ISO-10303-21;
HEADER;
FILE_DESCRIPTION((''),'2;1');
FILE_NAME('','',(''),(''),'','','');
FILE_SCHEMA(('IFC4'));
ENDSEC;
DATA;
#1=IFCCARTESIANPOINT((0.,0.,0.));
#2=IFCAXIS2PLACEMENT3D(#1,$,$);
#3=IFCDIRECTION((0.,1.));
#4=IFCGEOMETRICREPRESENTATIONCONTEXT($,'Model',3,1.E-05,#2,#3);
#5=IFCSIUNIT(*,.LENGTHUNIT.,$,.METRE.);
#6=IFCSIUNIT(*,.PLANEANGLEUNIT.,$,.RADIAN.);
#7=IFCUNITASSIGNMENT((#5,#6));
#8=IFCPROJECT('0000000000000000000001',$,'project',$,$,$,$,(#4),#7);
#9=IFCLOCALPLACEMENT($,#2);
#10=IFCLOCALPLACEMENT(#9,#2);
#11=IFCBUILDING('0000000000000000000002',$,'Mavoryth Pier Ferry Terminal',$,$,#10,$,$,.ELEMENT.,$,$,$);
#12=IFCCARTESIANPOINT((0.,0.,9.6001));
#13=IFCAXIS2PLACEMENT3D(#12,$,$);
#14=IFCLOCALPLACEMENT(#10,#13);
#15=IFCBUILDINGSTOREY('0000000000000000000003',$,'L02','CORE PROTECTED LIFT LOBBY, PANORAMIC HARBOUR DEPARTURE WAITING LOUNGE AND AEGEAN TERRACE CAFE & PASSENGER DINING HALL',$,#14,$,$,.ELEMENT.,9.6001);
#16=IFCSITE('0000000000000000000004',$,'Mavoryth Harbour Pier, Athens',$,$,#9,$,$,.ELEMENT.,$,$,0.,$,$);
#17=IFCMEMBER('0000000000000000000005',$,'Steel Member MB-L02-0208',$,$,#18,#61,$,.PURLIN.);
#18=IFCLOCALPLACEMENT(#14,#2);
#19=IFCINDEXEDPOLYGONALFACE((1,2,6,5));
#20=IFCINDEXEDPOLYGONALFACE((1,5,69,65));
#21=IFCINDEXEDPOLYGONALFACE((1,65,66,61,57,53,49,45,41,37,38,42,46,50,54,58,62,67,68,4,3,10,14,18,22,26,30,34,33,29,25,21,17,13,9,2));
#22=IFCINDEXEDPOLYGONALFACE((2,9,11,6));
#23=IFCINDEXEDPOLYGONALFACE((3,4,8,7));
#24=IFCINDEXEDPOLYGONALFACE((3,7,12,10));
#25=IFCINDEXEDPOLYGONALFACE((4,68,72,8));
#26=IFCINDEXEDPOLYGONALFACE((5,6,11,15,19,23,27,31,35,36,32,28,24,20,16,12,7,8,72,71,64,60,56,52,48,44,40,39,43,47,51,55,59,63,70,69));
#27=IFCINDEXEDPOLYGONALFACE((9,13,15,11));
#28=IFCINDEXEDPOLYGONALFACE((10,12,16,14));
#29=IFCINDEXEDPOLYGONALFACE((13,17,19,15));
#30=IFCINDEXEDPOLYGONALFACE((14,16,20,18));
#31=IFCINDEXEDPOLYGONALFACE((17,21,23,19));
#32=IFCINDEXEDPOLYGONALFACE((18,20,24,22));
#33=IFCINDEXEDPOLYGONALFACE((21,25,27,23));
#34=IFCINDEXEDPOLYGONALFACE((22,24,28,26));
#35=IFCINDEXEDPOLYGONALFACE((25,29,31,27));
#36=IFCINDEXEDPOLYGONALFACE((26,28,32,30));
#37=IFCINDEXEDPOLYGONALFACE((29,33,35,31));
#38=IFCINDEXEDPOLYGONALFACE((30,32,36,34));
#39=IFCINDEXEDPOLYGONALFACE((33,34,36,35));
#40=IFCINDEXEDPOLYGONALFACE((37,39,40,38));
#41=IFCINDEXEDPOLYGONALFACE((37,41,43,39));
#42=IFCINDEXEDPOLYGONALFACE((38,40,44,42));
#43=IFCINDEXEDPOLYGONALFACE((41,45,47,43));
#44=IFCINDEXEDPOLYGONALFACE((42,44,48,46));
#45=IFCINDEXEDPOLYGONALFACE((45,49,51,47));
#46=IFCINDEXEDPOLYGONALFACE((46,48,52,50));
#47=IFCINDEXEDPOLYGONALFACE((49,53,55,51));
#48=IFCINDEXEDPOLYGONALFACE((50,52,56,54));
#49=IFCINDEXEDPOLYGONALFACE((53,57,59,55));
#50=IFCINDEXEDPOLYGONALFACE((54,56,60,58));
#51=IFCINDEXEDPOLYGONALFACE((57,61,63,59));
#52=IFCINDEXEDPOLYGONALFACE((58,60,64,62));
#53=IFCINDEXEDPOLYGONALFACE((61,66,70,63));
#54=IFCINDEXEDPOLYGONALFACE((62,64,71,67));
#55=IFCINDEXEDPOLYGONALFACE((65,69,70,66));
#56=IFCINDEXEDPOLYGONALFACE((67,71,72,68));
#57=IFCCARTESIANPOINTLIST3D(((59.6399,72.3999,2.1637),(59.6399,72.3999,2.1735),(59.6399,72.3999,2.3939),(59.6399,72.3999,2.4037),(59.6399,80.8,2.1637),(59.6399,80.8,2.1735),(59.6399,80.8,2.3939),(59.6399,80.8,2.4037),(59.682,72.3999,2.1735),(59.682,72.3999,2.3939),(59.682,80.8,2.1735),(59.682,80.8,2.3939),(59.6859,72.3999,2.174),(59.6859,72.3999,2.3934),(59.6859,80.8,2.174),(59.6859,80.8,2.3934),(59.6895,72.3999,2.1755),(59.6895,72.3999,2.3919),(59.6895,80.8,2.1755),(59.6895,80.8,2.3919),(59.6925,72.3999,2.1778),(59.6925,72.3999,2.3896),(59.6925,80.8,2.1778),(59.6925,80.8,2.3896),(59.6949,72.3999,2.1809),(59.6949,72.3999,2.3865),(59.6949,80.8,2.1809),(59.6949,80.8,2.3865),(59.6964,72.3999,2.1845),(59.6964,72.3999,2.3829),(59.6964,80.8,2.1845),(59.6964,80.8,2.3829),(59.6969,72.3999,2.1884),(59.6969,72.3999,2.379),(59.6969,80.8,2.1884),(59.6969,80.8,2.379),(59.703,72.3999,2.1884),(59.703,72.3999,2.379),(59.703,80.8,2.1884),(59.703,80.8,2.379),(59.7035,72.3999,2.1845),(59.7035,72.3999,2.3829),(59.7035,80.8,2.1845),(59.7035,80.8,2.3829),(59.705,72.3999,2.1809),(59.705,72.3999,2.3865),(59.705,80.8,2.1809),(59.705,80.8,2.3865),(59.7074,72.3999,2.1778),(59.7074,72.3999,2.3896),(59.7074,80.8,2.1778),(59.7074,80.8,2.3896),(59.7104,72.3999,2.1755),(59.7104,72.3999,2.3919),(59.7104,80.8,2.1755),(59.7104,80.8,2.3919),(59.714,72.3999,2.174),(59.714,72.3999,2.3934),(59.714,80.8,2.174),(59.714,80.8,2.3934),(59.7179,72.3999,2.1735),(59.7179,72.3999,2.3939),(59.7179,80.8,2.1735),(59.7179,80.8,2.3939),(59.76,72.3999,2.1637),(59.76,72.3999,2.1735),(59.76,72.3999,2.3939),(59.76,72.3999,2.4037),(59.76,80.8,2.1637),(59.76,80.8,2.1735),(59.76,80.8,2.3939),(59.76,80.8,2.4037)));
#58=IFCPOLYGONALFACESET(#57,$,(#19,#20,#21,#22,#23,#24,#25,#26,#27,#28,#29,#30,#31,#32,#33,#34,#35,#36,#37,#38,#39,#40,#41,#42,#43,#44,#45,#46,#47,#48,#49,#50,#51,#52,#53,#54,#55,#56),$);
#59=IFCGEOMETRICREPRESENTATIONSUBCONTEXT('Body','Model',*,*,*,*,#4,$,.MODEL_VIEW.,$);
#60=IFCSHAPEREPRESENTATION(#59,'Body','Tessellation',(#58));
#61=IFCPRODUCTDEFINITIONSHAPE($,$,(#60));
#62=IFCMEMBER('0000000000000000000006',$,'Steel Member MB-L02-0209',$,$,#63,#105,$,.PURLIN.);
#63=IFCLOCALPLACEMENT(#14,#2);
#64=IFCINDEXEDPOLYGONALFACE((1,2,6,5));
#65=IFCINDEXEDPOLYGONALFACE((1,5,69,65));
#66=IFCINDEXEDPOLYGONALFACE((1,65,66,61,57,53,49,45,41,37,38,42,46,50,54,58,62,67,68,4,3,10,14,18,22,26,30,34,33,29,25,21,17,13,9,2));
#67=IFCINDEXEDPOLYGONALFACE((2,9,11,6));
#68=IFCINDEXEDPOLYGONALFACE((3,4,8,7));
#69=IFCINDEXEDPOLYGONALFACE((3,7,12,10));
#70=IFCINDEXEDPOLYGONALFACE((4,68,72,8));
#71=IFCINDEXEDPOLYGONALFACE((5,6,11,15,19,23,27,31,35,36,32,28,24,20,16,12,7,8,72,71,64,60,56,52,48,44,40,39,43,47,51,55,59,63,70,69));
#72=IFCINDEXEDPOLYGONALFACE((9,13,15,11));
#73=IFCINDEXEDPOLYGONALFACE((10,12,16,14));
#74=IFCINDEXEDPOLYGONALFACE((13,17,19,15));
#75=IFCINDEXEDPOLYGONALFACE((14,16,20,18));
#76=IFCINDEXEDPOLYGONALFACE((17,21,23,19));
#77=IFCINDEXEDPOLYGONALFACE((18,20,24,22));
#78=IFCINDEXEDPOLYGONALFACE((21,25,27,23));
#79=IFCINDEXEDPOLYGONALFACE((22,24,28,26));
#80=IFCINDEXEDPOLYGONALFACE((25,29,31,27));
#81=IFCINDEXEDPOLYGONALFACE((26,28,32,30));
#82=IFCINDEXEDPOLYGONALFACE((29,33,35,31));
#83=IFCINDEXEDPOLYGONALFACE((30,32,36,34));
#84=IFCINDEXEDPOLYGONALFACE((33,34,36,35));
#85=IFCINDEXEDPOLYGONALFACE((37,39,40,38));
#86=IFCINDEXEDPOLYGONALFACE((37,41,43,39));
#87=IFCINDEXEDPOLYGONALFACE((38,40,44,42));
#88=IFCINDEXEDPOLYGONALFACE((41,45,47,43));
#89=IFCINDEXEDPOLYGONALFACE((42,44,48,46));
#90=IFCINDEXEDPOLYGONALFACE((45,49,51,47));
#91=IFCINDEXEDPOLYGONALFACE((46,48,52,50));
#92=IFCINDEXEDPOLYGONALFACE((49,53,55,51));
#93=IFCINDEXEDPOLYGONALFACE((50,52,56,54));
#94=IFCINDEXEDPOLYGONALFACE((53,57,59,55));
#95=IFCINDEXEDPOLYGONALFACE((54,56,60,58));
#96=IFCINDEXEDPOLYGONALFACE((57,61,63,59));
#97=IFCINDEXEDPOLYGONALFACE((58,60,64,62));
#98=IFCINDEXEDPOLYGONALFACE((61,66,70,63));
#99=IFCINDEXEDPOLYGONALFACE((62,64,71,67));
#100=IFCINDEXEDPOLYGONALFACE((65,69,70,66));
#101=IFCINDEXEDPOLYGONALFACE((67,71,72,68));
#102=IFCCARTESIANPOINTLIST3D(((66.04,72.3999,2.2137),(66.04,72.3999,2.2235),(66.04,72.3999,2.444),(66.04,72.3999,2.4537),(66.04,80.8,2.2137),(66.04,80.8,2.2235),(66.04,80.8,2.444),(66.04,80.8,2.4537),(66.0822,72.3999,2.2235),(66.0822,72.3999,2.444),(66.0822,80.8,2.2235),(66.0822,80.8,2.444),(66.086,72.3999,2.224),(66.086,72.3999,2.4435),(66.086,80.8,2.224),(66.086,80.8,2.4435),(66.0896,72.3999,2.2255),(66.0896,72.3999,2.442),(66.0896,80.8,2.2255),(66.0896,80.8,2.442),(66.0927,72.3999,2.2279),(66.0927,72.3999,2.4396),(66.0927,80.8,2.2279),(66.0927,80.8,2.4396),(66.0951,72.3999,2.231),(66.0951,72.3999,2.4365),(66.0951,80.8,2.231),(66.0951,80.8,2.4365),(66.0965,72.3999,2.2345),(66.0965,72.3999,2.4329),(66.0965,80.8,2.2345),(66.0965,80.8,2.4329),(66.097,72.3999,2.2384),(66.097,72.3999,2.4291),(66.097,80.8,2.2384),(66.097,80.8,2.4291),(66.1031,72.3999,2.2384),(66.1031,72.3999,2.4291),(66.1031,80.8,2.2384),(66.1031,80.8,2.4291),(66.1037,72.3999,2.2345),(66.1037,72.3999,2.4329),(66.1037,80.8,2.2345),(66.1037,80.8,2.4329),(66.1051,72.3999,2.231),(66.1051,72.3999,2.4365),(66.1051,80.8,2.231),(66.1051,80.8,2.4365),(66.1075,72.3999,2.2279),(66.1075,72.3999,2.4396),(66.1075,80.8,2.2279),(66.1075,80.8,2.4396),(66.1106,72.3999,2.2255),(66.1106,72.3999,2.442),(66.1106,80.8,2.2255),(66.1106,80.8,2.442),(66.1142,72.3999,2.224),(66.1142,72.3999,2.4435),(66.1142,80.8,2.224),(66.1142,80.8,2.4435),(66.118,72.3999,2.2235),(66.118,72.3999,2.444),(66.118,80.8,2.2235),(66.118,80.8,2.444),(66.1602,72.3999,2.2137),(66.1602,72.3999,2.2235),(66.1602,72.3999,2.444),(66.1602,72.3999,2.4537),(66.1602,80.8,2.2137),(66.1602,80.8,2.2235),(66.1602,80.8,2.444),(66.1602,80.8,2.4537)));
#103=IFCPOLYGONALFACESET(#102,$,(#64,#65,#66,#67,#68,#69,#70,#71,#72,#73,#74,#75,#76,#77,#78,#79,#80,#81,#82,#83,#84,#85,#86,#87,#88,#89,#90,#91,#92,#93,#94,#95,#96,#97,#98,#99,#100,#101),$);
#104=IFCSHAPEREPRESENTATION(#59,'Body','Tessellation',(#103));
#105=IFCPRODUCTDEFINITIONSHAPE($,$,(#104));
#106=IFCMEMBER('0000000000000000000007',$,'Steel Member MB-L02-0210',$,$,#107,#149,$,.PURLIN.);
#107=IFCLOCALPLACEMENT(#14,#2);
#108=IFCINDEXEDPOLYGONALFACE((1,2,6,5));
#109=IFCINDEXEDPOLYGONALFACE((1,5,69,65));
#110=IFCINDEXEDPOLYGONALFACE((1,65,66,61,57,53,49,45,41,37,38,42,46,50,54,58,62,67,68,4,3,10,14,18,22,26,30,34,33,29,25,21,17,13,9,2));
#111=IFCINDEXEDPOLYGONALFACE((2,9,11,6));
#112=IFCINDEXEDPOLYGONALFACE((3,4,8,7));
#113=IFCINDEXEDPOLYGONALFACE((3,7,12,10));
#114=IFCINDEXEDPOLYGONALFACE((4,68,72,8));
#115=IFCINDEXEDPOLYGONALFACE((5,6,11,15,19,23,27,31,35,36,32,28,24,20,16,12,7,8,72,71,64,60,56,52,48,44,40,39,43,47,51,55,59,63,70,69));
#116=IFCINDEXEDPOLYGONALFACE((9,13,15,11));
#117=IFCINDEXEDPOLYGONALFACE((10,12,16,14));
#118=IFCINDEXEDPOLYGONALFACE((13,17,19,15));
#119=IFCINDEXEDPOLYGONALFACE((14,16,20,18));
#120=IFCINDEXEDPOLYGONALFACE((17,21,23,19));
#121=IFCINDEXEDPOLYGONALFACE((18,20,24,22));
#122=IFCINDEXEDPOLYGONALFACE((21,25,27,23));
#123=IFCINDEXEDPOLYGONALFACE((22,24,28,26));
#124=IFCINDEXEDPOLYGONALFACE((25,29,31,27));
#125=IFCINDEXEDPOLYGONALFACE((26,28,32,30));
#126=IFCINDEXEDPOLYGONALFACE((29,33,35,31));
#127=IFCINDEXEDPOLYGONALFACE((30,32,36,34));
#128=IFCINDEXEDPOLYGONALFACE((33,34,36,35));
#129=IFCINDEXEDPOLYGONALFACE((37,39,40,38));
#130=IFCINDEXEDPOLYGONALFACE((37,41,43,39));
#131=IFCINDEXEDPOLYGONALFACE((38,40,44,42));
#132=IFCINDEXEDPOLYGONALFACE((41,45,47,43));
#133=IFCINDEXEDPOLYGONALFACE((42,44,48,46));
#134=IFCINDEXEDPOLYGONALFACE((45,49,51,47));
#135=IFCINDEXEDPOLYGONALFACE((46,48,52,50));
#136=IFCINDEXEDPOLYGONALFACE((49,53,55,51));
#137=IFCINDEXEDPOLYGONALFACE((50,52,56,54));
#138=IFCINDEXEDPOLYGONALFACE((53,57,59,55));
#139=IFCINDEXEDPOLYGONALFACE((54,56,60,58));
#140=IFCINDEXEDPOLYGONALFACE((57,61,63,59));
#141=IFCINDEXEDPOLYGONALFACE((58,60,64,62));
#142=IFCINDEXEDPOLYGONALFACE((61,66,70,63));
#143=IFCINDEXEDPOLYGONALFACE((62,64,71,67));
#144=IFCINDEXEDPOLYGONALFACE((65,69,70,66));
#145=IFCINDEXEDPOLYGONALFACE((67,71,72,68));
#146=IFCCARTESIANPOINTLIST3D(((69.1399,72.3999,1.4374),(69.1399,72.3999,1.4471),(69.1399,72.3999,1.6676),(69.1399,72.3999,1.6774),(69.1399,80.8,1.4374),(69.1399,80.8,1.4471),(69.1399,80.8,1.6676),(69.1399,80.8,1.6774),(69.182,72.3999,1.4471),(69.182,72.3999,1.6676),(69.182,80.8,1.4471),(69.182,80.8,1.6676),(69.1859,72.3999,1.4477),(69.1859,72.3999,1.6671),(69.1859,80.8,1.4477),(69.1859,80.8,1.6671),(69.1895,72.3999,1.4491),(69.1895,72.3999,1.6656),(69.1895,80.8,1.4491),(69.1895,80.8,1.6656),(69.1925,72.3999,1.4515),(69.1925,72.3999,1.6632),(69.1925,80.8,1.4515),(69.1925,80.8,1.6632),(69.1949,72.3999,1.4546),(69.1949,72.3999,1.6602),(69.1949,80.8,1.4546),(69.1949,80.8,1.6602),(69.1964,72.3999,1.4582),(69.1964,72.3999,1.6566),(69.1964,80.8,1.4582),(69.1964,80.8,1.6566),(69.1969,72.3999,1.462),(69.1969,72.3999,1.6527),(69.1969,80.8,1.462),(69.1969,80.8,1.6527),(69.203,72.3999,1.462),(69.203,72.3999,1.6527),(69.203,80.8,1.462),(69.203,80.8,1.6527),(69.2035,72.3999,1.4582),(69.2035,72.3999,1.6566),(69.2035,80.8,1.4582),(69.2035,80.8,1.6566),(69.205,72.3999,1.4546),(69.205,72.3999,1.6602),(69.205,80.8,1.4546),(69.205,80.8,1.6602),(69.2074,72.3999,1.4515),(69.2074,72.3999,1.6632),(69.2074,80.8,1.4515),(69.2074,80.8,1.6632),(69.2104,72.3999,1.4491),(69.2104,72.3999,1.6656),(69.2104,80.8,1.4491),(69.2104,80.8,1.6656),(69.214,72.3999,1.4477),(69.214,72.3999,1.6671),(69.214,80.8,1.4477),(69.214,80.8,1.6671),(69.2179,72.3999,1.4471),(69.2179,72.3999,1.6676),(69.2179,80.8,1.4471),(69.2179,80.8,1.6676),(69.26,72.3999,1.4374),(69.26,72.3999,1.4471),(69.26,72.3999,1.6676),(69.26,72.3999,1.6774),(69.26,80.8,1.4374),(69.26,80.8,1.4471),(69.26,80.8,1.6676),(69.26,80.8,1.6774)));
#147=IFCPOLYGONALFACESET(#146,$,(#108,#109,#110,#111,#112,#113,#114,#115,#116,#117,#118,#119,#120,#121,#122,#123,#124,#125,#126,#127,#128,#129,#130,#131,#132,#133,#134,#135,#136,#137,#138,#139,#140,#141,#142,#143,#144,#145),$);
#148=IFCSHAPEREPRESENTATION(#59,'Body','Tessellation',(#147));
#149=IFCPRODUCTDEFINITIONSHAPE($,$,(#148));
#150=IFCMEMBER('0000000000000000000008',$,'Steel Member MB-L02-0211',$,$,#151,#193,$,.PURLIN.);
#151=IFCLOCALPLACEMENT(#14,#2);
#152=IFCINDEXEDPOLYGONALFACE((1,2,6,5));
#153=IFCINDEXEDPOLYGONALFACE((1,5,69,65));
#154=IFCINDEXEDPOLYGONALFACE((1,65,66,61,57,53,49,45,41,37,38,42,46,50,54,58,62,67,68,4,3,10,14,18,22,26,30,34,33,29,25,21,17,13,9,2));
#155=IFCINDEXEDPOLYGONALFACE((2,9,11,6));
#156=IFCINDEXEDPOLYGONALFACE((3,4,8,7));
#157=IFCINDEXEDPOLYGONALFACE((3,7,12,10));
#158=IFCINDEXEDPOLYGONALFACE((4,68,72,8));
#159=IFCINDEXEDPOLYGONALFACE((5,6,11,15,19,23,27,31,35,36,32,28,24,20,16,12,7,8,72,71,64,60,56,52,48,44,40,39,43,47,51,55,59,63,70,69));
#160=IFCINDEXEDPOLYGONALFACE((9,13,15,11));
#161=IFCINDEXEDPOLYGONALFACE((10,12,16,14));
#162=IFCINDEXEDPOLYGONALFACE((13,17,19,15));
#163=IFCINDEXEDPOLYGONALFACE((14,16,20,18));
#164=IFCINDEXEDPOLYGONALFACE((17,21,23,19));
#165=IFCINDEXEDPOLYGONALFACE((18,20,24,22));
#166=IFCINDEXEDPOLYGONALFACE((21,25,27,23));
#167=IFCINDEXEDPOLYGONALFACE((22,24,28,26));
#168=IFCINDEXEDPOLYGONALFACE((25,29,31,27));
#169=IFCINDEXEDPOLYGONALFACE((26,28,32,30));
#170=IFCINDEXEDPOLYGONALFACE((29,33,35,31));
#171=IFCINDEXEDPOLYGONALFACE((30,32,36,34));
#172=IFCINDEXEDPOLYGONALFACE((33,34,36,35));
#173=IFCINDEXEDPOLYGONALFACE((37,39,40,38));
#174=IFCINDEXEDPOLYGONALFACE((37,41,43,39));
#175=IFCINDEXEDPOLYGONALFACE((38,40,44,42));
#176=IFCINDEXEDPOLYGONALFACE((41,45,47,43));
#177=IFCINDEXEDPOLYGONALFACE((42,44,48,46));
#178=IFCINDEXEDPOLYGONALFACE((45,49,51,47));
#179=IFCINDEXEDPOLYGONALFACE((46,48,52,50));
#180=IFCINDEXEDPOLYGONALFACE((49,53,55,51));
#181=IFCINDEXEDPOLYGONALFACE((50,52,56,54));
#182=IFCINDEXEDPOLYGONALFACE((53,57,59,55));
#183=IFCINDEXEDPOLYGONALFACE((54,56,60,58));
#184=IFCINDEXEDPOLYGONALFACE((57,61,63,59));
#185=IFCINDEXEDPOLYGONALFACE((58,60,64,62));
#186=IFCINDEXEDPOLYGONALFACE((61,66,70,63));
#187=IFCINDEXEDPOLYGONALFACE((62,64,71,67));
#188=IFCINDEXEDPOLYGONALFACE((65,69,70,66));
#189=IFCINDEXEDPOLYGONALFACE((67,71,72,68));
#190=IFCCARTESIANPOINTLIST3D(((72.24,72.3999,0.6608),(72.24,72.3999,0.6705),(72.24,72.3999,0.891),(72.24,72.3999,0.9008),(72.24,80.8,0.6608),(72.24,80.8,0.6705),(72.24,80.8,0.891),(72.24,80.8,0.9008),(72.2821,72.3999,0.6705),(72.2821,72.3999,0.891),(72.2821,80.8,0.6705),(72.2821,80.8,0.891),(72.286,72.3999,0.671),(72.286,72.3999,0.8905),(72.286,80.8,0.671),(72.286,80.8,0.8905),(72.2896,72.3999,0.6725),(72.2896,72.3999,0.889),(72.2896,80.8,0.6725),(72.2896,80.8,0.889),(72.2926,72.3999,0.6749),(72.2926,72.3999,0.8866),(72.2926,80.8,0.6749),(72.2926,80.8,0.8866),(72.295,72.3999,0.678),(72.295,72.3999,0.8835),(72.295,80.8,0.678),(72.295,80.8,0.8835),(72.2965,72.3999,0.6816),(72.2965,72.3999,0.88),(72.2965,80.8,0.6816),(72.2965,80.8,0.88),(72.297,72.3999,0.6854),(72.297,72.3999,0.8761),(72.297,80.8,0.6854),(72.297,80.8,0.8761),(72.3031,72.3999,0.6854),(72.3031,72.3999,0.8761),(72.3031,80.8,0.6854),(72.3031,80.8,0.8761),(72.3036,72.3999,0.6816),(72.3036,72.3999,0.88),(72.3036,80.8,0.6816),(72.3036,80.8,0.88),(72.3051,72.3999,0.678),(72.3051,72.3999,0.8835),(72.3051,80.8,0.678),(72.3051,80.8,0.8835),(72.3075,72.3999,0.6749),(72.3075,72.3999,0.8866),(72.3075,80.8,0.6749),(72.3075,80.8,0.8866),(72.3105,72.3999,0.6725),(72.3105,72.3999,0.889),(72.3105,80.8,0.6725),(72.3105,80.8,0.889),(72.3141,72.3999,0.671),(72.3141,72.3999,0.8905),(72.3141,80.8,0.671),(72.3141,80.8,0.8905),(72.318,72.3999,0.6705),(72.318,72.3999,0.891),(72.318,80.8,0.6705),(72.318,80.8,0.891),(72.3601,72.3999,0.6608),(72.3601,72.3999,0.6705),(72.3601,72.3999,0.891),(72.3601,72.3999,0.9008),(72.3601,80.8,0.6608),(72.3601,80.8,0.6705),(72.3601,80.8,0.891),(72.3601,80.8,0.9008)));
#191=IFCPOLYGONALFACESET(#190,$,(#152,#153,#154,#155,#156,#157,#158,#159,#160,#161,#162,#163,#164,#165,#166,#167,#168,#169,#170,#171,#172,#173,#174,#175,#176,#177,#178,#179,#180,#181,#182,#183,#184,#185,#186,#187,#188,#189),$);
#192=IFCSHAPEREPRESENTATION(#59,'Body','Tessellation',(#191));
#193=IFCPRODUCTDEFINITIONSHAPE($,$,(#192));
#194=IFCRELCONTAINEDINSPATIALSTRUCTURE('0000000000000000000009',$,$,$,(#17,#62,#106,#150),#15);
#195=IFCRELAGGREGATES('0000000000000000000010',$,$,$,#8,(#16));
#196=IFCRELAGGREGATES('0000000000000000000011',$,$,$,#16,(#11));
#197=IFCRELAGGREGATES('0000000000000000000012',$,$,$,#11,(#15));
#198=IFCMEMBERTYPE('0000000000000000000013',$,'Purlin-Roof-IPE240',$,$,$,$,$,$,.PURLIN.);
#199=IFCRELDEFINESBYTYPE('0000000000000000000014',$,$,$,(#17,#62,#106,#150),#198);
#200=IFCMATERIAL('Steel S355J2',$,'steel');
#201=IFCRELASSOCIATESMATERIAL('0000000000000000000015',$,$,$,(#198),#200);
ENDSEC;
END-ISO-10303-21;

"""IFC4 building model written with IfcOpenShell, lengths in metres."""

from ifc_helpers import new_model, si_unit, direction, frame, origin, origin_2d, place, context, subcontext, project, spatial, i_section, extrude, material, material_profile, profile_set, type_object, element, save


model = new_model("IFC4")

# Units and contexts
model_context = context("Model", 3, precision=1e-05, world=origin(), true_north=direction((0.0, 1.0)))
body_context = subcontext(model_context, "Body", "Model", "MODEL_VIEW")
ifc_project = project(units=[si_unit("LENGTHUNIT", "METRE"), si_unit("PLANEANGLEUNIT", "RADIAN")], contexts=[model_context])

# Site, building, storey
site_placement = place(None, origin())
site = spatial("IfcSite", under=ifc_project, at=site_placement, Name="Mavoryth Harbour Pier, Athens", CompositionType="ELEMENT", RefElevation=0.0)
building_placement = place(site_placement, origin())
building = spatial("IfcBuilding", under=site, at=building_placement, Name="Mavoryth Pier Ferry Terminal", CompositionType="ELEMENT")
storey_placement = place(building_placement, frame((0.0, 0.0, 9.6001)))
storey = spatial("IfcBuildingStorey", under=building, at=storey_placement, Name="L02", Description="CORE PROTECTED LIFT LOBBY, PANORAMIC HARBOUR DEPARTURE WAITING LOUNGE AND AEGEAN TERRACE CAFE & PASSENGER DINING HALL", CompositionType="ELEMENT", Elevation=9.6001)

# Shared definitions
ifc_material_1 = material(Name="Steel S355J2", Category="steel")

# Members
ifc_material_profile_1 = material_profile(ifc_material_1, i_section(OverallWidth=0.1201, OverallDepth=0.24, WebThickness=0.0061, FlangeThickness=0.0098, FilletRadius=0.0149, at=origin_2d()), Name="IPE 240", Category="steel")
ifc_profile_set_1 = profile_set([ifc_material_profile_1], Name="Steel S355J2 - IPE 240")
member_type_1 = type_object("IfcMemberType", Name="Purlin-Roof-IPE240", PredefinedType="PURLIN", material=ifc_profile_set_1)
for number, where, z_axis, x_axis, name in (
    (1, (59.7, 72.3999, 2.2837), (0.0, 1.0, 0.0), (-1.0, 0.0, 0.0), "Steel Member MB-L02-0208"),
    (2, (66.1001, 72.3999, 2.3337), (0.0, 1.0, 0.0), (-1.0, 0.0, 0.0), "Steel Member MB-L02-0209"),
    (3, (69.2, 72.3999, 1.5574), (0.0, 1.0, 0.0), (-1.0, 0.0, 0.0), "Steel Member MB-L02-0210"),
    (4, (72.3, 72.3999, 0.7808), (0.0, 1.0, 0.0), (-1.0, 0.0, 0.0), "Steel Member MB-L02-0211"),
):
    element("IfcMember", number, at=place(storey_placement, frame(where, z_axis=z_axis, x_axis=x_axis)), inside=storey, type_object=member_type_1, Name=name, PredefinedType="PURLIN", context=body_context, shape_type="SweptSolid", body=[
        extrude(i_section(OverallWidth=0.1201, OverallDepth=0.24, WebThickness=0.0061, FlangeThickness=0.0098, FilletRadius=0.0149, at=origin_2d()), origin(), (0.0, 0.0, 1.0), 8.4001),
    ])

save(model, "model.ifc")
